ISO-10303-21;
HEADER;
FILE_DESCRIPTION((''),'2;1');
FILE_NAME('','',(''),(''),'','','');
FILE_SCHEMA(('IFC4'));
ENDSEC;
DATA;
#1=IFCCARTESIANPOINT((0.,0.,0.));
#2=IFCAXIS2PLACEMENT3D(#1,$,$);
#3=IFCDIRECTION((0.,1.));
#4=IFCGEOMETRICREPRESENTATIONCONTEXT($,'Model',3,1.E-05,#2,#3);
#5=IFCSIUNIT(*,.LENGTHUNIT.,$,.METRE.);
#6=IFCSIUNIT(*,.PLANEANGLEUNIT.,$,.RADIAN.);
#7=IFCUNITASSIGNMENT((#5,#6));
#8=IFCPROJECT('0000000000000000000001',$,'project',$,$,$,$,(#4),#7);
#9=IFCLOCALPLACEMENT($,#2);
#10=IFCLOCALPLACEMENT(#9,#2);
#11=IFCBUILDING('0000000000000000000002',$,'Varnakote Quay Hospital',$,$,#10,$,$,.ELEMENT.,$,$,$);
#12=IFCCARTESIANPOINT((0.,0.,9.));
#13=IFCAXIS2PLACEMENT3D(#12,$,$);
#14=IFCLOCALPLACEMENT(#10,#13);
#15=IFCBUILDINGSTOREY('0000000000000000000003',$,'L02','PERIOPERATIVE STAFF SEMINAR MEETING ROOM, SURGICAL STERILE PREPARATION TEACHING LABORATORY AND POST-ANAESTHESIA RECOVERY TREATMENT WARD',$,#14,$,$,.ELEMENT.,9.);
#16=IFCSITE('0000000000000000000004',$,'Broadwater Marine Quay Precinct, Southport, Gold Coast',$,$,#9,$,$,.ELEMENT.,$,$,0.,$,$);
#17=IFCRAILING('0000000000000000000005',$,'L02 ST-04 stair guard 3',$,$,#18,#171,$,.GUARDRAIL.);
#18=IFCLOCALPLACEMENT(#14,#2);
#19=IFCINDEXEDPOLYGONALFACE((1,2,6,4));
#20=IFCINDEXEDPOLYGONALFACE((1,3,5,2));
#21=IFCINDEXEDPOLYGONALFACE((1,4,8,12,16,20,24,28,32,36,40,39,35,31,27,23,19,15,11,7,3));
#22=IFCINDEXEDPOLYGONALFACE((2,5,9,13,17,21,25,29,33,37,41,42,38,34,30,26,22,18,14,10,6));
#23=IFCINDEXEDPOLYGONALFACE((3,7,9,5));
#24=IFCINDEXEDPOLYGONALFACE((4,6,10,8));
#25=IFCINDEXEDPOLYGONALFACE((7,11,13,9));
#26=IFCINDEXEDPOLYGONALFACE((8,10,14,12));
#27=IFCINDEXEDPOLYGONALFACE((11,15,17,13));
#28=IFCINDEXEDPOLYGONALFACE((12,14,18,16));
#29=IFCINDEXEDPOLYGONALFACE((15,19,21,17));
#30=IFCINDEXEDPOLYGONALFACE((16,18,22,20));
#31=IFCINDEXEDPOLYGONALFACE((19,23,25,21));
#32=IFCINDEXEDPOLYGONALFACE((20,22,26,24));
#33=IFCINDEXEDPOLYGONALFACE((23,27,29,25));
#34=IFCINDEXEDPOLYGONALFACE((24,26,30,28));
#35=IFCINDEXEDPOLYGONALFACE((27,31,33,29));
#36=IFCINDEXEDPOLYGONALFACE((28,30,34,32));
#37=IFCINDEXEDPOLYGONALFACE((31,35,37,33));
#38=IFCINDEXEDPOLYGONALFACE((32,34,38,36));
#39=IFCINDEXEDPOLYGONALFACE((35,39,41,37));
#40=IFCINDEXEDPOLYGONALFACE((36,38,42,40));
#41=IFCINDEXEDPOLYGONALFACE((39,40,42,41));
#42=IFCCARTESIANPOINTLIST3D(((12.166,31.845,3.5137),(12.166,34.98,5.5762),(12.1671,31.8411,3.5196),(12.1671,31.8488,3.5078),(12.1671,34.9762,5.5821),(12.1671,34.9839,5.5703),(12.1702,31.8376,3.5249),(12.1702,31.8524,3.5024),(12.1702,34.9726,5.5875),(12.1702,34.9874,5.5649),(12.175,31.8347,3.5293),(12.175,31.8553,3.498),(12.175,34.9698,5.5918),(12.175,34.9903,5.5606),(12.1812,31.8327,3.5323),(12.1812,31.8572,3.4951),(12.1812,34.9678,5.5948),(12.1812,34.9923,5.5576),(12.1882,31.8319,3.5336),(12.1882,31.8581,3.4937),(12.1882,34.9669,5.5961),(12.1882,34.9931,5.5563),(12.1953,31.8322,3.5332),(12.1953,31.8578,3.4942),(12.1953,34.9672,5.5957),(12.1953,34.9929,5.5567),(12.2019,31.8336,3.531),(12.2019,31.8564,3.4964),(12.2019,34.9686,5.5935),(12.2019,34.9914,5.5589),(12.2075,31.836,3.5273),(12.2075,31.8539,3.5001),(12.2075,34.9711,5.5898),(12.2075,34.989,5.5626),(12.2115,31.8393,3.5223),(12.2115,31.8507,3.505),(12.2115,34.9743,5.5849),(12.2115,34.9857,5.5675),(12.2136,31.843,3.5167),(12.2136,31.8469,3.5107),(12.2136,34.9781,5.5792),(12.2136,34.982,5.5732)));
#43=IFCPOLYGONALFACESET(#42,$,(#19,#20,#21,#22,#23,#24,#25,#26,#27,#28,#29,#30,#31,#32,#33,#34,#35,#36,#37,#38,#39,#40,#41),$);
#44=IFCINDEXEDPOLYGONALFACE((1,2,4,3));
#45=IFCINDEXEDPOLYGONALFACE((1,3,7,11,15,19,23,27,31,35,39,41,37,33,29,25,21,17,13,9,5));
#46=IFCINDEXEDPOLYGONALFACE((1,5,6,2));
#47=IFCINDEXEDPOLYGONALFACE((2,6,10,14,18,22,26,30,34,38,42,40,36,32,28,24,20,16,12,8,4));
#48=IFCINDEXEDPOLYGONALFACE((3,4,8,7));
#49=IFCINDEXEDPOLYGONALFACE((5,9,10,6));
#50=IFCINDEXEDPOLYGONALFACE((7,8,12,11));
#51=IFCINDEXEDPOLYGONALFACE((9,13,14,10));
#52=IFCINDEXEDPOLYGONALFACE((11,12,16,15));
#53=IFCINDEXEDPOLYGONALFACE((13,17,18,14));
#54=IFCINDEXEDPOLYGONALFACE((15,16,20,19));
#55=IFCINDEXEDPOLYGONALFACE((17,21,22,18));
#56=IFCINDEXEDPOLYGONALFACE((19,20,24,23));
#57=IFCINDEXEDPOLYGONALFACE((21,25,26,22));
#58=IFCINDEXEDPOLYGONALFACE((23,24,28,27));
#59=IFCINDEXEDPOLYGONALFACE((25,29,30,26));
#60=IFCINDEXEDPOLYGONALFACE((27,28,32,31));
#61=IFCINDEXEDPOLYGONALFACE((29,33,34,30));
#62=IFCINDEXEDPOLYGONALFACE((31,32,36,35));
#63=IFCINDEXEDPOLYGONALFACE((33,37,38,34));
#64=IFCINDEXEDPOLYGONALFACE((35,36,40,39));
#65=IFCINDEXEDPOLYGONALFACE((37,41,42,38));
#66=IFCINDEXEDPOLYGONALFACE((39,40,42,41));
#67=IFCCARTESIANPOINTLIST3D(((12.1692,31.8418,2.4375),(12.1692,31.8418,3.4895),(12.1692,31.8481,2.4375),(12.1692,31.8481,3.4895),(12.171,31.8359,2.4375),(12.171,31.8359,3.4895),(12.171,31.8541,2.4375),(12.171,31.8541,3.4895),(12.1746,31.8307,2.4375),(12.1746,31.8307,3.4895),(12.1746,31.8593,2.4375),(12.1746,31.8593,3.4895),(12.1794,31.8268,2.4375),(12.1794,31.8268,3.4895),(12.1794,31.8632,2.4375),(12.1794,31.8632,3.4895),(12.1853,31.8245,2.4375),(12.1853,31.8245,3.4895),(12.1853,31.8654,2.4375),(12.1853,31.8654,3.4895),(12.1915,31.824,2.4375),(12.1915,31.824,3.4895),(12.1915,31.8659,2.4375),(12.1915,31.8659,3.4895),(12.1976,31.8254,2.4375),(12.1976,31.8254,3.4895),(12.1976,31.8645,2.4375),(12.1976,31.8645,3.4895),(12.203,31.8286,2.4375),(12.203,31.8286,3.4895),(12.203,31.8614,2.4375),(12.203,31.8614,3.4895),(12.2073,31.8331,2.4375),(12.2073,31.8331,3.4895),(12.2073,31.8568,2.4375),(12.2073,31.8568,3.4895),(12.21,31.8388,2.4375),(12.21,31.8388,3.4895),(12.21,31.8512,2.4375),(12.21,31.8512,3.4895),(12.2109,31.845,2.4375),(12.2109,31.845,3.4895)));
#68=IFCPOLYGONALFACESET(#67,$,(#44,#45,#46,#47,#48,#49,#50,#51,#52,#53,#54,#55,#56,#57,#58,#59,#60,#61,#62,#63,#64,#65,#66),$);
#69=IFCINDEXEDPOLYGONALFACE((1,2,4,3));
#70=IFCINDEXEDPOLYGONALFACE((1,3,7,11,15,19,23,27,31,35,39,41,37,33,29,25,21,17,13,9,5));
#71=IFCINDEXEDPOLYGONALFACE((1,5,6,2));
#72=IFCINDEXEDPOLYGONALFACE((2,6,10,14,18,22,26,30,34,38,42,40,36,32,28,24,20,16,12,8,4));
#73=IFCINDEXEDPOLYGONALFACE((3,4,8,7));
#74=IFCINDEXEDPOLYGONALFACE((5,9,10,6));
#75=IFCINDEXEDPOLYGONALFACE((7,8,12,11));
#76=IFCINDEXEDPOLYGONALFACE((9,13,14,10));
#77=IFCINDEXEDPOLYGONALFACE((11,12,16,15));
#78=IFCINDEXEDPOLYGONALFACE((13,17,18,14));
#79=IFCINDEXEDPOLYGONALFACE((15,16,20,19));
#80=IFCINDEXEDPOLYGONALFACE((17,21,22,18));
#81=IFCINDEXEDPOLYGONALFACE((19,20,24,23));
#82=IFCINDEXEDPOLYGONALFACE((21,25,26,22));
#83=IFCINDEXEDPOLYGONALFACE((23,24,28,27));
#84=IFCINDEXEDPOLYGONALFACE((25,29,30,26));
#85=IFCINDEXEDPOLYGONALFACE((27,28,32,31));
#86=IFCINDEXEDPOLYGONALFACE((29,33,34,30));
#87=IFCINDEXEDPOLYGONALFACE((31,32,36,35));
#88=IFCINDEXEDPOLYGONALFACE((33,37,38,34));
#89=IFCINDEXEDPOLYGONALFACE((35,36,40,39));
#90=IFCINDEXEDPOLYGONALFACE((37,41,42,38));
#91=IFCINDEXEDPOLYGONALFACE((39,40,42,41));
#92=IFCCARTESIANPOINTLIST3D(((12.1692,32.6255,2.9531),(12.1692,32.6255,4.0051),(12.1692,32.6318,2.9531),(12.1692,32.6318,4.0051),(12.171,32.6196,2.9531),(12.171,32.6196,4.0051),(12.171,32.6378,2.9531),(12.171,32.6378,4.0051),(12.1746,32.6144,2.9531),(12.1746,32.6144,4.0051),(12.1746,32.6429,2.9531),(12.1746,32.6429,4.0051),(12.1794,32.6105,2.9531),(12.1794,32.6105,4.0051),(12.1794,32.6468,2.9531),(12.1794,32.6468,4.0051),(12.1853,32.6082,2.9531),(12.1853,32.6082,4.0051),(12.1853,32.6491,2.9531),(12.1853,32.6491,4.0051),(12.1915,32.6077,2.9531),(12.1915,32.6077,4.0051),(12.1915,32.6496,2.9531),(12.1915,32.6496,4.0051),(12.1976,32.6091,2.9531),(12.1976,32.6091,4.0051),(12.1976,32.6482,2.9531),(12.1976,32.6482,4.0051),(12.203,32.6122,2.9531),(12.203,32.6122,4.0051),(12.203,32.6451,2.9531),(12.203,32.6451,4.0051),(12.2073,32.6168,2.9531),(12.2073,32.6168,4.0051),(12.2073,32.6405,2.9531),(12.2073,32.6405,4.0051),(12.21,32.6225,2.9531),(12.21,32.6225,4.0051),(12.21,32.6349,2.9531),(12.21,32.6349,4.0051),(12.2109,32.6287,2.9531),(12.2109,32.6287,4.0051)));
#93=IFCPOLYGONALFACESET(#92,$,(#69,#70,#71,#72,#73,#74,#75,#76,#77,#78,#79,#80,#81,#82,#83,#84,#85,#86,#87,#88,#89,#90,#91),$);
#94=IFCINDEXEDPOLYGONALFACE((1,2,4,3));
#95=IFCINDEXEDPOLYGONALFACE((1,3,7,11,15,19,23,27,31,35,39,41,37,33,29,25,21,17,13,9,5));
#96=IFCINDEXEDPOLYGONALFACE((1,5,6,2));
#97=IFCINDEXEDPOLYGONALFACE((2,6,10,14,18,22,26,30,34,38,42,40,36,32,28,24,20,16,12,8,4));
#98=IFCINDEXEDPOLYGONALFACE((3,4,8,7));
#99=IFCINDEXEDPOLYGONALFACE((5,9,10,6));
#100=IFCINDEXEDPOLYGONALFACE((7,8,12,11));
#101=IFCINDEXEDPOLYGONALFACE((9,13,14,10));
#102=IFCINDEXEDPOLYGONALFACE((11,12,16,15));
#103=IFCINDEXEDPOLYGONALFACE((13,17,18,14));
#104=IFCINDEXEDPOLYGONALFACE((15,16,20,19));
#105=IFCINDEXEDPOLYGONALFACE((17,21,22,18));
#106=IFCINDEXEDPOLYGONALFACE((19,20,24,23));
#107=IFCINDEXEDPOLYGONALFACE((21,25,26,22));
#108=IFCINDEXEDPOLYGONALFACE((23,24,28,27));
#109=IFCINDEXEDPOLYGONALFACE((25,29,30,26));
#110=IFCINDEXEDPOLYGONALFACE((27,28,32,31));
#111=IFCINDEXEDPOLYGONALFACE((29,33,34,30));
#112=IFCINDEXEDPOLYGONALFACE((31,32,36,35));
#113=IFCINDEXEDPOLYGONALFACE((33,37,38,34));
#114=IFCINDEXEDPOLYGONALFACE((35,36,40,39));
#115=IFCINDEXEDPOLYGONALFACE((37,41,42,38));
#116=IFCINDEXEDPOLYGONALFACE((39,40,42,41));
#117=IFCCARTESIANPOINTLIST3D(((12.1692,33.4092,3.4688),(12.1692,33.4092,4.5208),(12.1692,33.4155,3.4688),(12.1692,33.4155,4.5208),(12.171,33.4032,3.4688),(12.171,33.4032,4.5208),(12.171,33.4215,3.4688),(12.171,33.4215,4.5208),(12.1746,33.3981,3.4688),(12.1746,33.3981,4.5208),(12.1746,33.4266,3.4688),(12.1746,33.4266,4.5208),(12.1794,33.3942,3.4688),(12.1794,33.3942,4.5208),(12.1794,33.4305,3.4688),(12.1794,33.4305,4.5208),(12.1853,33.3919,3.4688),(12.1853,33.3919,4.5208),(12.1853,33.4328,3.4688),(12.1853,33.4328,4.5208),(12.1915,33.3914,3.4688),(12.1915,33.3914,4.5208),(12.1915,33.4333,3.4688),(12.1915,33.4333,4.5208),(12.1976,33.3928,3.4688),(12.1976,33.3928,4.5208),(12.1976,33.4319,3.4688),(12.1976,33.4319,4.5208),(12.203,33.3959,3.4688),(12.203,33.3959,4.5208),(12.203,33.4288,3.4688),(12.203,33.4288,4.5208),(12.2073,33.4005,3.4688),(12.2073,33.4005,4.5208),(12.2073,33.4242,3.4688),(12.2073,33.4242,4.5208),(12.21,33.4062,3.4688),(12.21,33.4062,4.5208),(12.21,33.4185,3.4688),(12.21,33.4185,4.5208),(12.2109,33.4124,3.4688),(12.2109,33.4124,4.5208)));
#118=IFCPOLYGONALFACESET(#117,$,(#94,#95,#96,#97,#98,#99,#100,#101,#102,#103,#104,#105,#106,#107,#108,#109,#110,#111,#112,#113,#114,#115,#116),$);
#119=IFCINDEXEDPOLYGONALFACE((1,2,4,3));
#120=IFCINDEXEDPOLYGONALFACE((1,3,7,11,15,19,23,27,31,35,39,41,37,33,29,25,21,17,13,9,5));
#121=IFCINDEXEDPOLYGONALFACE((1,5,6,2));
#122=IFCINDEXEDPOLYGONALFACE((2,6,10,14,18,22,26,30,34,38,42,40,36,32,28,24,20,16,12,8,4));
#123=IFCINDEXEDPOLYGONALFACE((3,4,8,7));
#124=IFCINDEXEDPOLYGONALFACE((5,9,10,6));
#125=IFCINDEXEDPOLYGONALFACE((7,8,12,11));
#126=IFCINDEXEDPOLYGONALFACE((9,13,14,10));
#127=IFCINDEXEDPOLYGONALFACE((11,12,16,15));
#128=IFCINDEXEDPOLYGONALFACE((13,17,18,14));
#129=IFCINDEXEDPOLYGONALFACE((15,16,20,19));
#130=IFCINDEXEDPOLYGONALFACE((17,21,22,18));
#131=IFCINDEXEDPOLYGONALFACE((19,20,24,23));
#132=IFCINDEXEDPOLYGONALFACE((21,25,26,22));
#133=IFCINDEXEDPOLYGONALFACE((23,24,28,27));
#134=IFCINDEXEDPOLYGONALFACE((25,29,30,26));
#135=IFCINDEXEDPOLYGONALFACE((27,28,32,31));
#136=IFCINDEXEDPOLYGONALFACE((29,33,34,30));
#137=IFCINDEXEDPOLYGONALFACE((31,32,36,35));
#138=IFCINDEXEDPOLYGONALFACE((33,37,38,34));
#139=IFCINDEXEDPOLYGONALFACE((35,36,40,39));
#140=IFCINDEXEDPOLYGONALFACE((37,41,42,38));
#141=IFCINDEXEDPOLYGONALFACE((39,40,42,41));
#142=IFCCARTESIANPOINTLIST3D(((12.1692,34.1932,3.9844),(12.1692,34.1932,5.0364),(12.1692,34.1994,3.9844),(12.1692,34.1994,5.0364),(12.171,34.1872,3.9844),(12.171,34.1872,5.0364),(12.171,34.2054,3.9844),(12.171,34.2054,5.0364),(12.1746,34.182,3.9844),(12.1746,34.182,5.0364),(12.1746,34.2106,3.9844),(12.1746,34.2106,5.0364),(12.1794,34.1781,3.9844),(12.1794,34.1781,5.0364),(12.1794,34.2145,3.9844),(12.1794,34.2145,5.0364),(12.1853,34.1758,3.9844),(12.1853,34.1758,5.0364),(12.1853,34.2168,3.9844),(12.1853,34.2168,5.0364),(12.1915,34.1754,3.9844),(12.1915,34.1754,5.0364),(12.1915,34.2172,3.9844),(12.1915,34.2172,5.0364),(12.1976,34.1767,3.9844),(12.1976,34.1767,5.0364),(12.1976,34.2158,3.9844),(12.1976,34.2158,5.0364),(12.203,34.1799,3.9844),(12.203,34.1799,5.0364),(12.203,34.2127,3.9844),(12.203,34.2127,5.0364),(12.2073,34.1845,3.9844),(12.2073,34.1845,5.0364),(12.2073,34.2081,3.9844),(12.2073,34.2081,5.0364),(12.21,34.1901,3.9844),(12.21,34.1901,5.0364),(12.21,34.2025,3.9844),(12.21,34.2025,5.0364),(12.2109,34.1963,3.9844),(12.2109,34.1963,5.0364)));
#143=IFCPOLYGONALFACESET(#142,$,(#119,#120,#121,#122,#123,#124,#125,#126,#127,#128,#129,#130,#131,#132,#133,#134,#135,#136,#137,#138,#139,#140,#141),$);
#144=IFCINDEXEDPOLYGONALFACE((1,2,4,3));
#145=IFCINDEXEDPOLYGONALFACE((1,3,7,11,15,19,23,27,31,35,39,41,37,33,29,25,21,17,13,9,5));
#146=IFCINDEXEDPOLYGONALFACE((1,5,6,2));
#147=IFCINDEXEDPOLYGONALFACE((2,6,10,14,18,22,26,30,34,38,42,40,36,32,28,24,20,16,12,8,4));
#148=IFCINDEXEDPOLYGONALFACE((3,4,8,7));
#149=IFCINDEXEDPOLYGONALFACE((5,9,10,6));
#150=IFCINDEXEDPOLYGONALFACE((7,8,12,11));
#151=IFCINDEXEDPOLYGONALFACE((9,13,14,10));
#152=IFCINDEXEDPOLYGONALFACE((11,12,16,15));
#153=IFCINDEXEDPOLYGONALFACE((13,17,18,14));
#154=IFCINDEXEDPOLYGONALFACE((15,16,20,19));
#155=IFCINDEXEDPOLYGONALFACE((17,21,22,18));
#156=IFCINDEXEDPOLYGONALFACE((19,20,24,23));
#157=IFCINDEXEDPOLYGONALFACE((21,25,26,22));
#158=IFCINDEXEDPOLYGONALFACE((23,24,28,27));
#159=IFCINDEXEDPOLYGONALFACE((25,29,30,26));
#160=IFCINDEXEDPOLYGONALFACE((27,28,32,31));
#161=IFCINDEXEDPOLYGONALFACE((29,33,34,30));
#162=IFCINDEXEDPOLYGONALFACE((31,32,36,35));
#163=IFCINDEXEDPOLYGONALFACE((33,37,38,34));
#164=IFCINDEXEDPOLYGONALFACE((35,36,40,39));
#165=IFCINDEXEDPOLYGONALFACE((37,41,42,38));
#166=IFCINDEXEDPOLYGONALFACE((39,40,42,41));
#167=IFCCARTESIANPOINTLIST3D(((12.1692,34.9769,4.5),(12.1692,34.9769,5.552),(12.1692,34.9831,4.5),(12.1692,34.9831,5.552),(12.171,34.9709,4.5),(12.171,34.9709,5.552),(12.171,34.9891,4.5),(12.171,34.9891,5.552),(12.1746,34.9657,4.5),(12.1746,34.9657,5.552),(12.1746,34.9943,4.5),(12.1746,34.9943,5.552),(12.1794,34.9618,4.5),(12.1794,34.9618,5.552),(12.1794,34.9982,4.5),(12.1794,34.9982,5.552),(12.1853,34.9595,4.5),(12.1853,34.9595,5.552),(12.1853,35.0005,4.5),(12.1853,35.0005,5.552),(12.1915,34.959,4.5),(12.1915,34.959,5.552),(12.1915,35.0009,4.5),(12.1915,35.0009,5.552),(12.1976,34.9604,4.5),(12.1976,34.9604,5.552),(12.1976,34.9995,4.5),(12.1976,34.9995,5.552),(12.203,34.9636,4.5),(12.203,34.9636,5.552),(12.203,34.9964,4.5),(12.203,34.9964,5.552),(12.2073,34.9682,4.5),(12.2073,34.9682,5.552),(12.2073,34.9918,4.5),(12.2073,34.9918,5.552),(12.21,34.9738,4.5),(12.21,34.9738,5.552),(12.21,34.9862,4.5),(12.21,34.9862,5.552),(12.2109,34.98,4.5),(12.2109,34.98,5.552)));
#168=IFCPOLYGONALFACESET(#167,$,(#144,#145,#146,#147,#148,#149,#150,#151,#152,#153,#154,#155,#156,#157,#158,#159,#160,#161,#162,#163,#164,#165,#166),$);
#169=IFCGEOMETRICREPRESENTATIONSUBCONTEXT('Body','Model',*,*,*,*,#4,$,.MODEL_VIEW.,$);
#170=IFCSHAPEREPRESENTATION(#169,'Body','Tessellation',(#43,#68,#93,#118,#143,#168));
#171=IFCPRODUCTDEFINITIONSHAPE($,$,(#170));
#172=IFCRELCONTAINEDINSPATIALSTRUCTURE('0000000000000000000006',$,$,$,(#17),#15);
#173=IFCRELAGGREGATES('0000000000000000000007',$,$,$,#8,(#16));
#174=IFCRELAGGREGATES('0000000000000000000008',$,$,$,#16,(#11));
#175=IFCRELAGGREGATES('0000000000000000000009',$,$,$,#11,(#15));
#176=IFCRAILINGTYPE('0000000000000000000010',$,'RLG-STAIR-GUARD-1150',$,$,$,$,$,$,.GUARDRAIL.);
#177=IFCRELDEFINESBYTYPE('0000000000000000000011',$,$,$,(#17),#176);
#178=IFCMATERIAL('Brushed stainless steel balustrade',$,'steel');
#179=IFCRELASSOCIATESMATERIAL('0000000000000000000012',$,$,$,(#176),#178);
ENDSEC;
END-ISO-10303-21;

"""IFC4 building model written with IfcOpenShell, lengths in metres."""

from ifc_helpers import new_model, si_unit, direction, frame, origin, origin_2d, place, context, subcontext, project, spatial, circle, extrude, material, type_object, element, save


model = new_model("IFC4")

# Units and contexts
model_context = context("Model", 3, precision=1e-05, world=origin(), true_north=direction((0.0, 1.0)))
body_context = subcontext(model_context, "Body", "Model", "MODEL_VIEW")
ifc_project = project(units=[si_unit("LENGTHUNIT", "METRE"), si_unit("PLANEANGLEUNIT", "RADIAN")], contexts=[model_context])

# Site, building, storey
site_placement = place(None, origin())
site = spatial("IfcSite", under=ifc_project, at=site_placement, Name="Broadwater Marine Quay Precinct, Southport, Gold Coast", CompositionType="ELEMENT", RefElevation=0.0)
building_placement = place(site_placement, origin())
building = spatial("IfcBuilding", under=site, at=building_placement, Name="Varnakote Quay Hospital", CompositionType="ELEMENT")
storey_placement = place(building_placement, frame((0.0, 0.0, 9.0)))
storey = spatial("IfcBuildingStorey", under=building, at=storey_placement, Name="L02", Description="PERIOPERATIVE STAFF SEMINAR MEETING ROOM, SURGICAL STERILE PREPARATION TEACHING LABORATORY AND POST-ANAESTHESIA RECOVERY TREATMENT WARD", CompositionType="ELEMENT", Elevation=9.0)

# Railing
ifc_material_1 = material(Name="Brushed stainless steel balustrade", Category="steel")
railing_type_1 = type_object("IfcRailingType", Name="RLG-STAIR-GUARD-1150", PredefinedType="GUARDRAIL", material=ifc_material_1)
railing_1_placement = place(storey_placement, frame((12.1899, 31.845, 2.4375)))
element("IfcRailing", 1, at=railing_1_placement, inside=storey, type_object=railing_type_1, Name="L02 ST-04 stair guard 3", PredefinedType="GUARDRAIL", context=body_context, shape_type="SweptSolid", body=[
    extrude(circle(Radius=0.0239, at=origin_2d()), frame((0.0, 0.0, 1.0762), z_axis=(0.0, 0.835418, 0.549615), x_axis=(-1.0, 0.0, 0.0)), (0.0, 0.0, 1.0), 3.7527),
    extrude(circle(Radius=0.021, at=origin_2d()), origin(), (0.0, 0.0, 1.0), 1.052),
    extrude(circle(Radius=0.021, at=origin_2d()), frame((0.0, 0.7837, 0.5156)), (0.0, 0.0, 1.0), 1.052),
    extrude(circle(Radius=0.021, at=origin_2d()), frame((0.0, 1.5674, 1.0312)), (0.0, 0.0, 1.0), 1.052),
    extrude(circle(Radius=0.021, at=origin_2d()), frame((0.0, 2.3513, 1.5469)), (0.0, 0.0, 1.0), 1.052),
    extrude(circle(Radius=0.021, at=origin_2d()), frame((0.0, 3.135, 2.0625)), (0.0, 0.0, 1.0), 1.052),
])

save(model, "model.ifc")
